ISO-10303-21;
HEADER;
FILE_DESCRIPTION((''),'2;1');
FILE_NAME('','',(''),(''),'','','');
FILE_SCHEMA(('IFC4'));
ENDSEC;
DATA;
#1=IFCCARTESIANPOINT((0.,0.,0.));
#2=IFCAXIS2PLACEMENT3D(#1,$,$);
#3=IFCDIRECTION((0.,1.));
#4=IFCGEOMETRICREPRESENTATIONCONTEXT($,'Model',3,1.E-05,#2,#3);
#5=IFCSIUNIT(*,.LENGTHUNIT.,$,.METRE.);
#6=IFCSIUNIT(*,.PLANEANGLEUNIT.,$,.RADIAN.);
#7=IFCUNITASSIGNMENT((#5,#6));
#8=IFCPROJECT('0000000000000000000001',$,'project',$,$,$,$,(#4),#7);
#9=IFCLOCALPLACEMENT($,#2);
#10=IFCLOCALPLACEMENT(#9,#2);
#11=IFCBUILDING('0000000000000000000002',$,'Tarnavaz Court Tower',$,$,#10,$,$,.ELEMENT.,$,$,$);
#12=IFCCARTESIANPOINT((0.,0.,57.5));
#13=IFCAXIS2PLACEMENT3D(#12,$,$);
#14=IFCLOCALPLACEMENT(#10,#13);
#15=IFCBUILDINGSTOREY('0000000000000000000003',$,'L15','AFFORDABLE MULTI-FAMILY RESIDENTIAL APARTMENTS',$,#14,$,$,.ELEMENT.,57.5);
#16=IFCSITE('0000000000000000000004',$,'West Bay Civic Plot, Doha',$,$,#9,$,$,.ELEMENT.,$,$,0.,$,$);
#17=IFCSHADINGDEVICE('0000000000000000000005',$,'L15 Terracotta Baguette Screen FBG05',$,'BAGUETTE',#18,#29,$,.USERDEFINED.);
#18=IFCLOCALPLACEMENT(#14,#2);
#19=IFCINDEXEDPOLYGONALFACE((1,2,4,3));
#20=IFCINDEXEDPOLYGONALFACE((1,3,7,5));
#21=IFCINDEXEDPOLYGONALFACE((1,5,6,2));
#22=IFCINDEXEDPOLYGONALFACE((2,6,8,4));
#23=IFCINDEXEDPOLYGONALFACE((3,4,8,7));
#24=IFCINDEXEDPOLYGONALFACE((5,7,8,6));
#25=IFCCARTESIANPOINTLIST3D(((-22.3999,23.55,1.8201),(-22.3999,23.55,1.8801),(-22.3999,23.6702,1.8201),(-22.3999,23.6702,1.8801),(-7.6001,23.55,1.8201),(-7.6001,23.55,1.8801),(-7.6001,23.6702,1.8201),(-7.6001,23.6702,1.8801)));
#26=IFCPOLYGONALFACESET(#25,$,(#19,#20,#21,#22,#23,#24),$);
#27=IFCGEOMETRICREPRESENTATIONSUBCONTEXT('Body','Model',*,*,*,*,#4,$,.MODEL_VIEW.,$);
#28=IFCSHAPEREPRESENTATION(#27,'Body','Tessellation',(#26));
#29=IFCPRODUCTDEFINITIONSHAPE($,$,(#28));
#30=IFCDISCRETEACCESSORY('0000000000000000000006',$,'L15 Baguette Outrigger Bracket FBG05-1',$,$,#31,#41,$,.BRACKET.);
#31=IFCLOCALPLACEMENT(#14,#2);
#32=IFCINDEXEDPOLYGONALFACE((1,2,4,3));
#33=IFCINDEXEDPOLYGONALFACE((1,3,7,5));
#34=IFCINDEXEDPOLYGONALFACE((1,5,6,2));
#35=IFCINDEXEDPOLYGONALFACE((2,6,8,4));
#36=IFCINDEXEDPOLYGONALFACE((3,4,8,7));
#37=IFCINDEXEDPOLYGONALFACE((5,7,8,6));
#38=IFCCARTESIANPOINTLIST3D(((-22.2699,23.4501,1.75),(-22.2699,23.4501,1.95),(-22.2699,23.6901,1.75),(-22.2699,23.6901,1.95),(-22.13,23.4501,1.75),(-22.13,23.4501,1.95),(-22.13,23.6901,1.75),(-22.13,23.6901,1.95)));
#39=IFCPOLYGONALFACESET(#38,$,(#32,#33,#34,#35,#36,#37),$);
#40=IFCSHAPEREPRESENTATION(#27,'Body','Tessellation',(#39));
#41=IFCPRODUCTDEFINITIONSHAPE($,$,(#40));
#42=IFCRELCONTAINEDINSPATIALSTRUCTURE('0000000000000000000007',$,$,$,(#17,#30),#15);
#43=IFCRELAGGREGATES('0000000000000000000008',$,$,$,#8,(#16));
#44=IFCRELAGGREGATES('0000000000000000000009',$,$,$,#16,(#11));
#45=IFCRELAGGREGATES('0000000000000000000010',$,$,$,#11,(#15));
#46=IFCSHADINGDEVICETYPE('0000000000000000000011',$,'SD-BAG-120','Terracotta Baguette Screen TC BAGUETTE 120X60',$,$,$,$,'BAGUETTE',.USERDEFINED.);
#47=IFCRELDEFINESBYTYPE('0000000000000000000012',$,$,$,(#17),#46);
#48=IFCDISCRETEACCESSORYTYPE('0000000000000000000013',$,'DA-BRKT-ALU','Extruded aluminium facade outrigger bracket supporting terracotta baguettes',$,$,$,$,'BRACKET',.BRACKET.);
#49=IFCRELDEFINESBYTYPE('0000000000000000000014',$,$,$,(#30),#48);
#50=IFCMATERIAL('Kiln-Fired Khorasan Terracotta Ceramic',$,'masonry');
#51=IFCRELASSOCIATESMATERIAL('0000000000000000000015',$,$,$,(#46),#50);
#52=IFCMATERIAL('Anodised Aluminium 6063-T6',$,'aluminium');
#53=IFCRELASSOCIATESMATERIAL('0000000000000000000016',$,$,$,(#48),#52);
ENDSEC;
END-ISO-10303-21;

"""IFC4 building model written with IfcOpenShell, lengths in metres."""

from ifc_helpers import new_model, si_unit, direction, frame, origin, origin_2d, place, context, subcontext, project, spatial, rectangle, extrude, material, material_profile, profile_set, type_object, element, save


model = new_model("IFC4")

# Units and contexts
model_context = context("Model", 3, precision=1e-05, world=origin(), true_north=direction((0.0, 1.0)))
body_context = subcontext(model_context, "Body", "Model", "MODEL_VIEW")
ifc_project = project(units=[si_unit("LENGTHUNIT", "METRE"), si_unit("PLANEANGLEUNIT", "RADIAN")], contexts=[model_context])

# Site, building, storey
site_placement = place(None, origin())
site = spatial("IfcSite", under=ifc_project, at=site_placement, Name="West Bay Civic Plot, Doha", CompositionType="ELEMENT", RefElevation=0.0)
building_placement = place(site_placement, origin())
building = spatial("IfcBuilding", under=site, at=building_placement, Name="Tarnavaz Court Tower", CompositionType="ELEMENT")
storey_placement = place(building_placement, frame((0.0, 0.0, 57.5)))
storey = spatial("IfcBuildingStorey", under=building, at=storey_placement, Name="L15", Description="AFFORDABLE MULTI-FAMILY RESIDENTIAL APARTMENTS", CompositionType="ELEMENT", Elevation=57.5)

# Shading device
ifc_material_1 = material(Name="Kiln-Fired Khorasan Terracotta Ceramic", Category="masonry")
ifc_material_profile_1 = material_profile(ifc_material_1, rectangle(XDim=0.1201, YDim=0.0601, at=origin_2d()), Name="TC BAGUETTE 120X60")
ifc_profile_set_1 = profile_set([ifc_material_profile_1], Name="Kiln-Fired Khorasan Terracotta Ceramic")
shading_device_type = type_object("IfcShadingDeviceType", Name="SD-BAG-120", Description="Terracotta Baguette Screen TC BAGUETTE 120X60", ElementType="BAGUETTE", PredefinedType="USERDEFINED", material=ifc_profile_set_1)
shading_device_placement = place(storey_placement, frame((-22.3999, 23.6101, 1.8501), z_axis=(1.0, 0.0, 0.0), x_axis=(0.0, 1.0, 0.0)))
element("IfcShadingDevice", 1, at=shading_device_placement, inside=storey, type_object=shading_device_type, Name="L15 Terracotta Baguette Screen FBG05", ObjectType="BAGUETTE", PredefinedType="USERDEFINED", context=body_context, shape_type="SweptSolid", body=[
    extrude(rectangle(XDim=0.1201, YDim=0.0601, at=origin_2d()), origin(), (0.0, 0.0, 1.0), 14.7998),
])

# Discrete accessory
ifc_material_2 = material(Name="Anodised Aluminium 6063-T6", Category="aluminium")
discrete_accessory_type = type_object("IfcDiscreteAccessoryType", Name="DA-BRKT-ALU", Description="Extruded aluminium facade outrigger bracket supporting terracotta baguettes", ElementType="BRACKET", PredefinedType="BRACKET", material=ifc_material_2)
discrete_accessory_placement = place(storey_placement, frame((-22.2, 23.5701, 1.75), z_axis=(0.0, 0.0, 1.0), x_axis=(1.0, 0.0, 0.0)))
element("IfcDiscreteAccessory", 2, at=discrete_accessory_placement, inside=storey, type_object=discrete_accessory_type, Name="L15 Baguette Outrigger Bracket FBG05-1", PredefinedType="BRACKET", context=body_context, shape_type="SweptSolid", body=[
    extrude(rectangle(XDim=0.1399, YDim=0.24, at=origin_2d()), origin(), (0.0, 0.0, 1.0), 0.2),
])

save(model, "model.ifc")
